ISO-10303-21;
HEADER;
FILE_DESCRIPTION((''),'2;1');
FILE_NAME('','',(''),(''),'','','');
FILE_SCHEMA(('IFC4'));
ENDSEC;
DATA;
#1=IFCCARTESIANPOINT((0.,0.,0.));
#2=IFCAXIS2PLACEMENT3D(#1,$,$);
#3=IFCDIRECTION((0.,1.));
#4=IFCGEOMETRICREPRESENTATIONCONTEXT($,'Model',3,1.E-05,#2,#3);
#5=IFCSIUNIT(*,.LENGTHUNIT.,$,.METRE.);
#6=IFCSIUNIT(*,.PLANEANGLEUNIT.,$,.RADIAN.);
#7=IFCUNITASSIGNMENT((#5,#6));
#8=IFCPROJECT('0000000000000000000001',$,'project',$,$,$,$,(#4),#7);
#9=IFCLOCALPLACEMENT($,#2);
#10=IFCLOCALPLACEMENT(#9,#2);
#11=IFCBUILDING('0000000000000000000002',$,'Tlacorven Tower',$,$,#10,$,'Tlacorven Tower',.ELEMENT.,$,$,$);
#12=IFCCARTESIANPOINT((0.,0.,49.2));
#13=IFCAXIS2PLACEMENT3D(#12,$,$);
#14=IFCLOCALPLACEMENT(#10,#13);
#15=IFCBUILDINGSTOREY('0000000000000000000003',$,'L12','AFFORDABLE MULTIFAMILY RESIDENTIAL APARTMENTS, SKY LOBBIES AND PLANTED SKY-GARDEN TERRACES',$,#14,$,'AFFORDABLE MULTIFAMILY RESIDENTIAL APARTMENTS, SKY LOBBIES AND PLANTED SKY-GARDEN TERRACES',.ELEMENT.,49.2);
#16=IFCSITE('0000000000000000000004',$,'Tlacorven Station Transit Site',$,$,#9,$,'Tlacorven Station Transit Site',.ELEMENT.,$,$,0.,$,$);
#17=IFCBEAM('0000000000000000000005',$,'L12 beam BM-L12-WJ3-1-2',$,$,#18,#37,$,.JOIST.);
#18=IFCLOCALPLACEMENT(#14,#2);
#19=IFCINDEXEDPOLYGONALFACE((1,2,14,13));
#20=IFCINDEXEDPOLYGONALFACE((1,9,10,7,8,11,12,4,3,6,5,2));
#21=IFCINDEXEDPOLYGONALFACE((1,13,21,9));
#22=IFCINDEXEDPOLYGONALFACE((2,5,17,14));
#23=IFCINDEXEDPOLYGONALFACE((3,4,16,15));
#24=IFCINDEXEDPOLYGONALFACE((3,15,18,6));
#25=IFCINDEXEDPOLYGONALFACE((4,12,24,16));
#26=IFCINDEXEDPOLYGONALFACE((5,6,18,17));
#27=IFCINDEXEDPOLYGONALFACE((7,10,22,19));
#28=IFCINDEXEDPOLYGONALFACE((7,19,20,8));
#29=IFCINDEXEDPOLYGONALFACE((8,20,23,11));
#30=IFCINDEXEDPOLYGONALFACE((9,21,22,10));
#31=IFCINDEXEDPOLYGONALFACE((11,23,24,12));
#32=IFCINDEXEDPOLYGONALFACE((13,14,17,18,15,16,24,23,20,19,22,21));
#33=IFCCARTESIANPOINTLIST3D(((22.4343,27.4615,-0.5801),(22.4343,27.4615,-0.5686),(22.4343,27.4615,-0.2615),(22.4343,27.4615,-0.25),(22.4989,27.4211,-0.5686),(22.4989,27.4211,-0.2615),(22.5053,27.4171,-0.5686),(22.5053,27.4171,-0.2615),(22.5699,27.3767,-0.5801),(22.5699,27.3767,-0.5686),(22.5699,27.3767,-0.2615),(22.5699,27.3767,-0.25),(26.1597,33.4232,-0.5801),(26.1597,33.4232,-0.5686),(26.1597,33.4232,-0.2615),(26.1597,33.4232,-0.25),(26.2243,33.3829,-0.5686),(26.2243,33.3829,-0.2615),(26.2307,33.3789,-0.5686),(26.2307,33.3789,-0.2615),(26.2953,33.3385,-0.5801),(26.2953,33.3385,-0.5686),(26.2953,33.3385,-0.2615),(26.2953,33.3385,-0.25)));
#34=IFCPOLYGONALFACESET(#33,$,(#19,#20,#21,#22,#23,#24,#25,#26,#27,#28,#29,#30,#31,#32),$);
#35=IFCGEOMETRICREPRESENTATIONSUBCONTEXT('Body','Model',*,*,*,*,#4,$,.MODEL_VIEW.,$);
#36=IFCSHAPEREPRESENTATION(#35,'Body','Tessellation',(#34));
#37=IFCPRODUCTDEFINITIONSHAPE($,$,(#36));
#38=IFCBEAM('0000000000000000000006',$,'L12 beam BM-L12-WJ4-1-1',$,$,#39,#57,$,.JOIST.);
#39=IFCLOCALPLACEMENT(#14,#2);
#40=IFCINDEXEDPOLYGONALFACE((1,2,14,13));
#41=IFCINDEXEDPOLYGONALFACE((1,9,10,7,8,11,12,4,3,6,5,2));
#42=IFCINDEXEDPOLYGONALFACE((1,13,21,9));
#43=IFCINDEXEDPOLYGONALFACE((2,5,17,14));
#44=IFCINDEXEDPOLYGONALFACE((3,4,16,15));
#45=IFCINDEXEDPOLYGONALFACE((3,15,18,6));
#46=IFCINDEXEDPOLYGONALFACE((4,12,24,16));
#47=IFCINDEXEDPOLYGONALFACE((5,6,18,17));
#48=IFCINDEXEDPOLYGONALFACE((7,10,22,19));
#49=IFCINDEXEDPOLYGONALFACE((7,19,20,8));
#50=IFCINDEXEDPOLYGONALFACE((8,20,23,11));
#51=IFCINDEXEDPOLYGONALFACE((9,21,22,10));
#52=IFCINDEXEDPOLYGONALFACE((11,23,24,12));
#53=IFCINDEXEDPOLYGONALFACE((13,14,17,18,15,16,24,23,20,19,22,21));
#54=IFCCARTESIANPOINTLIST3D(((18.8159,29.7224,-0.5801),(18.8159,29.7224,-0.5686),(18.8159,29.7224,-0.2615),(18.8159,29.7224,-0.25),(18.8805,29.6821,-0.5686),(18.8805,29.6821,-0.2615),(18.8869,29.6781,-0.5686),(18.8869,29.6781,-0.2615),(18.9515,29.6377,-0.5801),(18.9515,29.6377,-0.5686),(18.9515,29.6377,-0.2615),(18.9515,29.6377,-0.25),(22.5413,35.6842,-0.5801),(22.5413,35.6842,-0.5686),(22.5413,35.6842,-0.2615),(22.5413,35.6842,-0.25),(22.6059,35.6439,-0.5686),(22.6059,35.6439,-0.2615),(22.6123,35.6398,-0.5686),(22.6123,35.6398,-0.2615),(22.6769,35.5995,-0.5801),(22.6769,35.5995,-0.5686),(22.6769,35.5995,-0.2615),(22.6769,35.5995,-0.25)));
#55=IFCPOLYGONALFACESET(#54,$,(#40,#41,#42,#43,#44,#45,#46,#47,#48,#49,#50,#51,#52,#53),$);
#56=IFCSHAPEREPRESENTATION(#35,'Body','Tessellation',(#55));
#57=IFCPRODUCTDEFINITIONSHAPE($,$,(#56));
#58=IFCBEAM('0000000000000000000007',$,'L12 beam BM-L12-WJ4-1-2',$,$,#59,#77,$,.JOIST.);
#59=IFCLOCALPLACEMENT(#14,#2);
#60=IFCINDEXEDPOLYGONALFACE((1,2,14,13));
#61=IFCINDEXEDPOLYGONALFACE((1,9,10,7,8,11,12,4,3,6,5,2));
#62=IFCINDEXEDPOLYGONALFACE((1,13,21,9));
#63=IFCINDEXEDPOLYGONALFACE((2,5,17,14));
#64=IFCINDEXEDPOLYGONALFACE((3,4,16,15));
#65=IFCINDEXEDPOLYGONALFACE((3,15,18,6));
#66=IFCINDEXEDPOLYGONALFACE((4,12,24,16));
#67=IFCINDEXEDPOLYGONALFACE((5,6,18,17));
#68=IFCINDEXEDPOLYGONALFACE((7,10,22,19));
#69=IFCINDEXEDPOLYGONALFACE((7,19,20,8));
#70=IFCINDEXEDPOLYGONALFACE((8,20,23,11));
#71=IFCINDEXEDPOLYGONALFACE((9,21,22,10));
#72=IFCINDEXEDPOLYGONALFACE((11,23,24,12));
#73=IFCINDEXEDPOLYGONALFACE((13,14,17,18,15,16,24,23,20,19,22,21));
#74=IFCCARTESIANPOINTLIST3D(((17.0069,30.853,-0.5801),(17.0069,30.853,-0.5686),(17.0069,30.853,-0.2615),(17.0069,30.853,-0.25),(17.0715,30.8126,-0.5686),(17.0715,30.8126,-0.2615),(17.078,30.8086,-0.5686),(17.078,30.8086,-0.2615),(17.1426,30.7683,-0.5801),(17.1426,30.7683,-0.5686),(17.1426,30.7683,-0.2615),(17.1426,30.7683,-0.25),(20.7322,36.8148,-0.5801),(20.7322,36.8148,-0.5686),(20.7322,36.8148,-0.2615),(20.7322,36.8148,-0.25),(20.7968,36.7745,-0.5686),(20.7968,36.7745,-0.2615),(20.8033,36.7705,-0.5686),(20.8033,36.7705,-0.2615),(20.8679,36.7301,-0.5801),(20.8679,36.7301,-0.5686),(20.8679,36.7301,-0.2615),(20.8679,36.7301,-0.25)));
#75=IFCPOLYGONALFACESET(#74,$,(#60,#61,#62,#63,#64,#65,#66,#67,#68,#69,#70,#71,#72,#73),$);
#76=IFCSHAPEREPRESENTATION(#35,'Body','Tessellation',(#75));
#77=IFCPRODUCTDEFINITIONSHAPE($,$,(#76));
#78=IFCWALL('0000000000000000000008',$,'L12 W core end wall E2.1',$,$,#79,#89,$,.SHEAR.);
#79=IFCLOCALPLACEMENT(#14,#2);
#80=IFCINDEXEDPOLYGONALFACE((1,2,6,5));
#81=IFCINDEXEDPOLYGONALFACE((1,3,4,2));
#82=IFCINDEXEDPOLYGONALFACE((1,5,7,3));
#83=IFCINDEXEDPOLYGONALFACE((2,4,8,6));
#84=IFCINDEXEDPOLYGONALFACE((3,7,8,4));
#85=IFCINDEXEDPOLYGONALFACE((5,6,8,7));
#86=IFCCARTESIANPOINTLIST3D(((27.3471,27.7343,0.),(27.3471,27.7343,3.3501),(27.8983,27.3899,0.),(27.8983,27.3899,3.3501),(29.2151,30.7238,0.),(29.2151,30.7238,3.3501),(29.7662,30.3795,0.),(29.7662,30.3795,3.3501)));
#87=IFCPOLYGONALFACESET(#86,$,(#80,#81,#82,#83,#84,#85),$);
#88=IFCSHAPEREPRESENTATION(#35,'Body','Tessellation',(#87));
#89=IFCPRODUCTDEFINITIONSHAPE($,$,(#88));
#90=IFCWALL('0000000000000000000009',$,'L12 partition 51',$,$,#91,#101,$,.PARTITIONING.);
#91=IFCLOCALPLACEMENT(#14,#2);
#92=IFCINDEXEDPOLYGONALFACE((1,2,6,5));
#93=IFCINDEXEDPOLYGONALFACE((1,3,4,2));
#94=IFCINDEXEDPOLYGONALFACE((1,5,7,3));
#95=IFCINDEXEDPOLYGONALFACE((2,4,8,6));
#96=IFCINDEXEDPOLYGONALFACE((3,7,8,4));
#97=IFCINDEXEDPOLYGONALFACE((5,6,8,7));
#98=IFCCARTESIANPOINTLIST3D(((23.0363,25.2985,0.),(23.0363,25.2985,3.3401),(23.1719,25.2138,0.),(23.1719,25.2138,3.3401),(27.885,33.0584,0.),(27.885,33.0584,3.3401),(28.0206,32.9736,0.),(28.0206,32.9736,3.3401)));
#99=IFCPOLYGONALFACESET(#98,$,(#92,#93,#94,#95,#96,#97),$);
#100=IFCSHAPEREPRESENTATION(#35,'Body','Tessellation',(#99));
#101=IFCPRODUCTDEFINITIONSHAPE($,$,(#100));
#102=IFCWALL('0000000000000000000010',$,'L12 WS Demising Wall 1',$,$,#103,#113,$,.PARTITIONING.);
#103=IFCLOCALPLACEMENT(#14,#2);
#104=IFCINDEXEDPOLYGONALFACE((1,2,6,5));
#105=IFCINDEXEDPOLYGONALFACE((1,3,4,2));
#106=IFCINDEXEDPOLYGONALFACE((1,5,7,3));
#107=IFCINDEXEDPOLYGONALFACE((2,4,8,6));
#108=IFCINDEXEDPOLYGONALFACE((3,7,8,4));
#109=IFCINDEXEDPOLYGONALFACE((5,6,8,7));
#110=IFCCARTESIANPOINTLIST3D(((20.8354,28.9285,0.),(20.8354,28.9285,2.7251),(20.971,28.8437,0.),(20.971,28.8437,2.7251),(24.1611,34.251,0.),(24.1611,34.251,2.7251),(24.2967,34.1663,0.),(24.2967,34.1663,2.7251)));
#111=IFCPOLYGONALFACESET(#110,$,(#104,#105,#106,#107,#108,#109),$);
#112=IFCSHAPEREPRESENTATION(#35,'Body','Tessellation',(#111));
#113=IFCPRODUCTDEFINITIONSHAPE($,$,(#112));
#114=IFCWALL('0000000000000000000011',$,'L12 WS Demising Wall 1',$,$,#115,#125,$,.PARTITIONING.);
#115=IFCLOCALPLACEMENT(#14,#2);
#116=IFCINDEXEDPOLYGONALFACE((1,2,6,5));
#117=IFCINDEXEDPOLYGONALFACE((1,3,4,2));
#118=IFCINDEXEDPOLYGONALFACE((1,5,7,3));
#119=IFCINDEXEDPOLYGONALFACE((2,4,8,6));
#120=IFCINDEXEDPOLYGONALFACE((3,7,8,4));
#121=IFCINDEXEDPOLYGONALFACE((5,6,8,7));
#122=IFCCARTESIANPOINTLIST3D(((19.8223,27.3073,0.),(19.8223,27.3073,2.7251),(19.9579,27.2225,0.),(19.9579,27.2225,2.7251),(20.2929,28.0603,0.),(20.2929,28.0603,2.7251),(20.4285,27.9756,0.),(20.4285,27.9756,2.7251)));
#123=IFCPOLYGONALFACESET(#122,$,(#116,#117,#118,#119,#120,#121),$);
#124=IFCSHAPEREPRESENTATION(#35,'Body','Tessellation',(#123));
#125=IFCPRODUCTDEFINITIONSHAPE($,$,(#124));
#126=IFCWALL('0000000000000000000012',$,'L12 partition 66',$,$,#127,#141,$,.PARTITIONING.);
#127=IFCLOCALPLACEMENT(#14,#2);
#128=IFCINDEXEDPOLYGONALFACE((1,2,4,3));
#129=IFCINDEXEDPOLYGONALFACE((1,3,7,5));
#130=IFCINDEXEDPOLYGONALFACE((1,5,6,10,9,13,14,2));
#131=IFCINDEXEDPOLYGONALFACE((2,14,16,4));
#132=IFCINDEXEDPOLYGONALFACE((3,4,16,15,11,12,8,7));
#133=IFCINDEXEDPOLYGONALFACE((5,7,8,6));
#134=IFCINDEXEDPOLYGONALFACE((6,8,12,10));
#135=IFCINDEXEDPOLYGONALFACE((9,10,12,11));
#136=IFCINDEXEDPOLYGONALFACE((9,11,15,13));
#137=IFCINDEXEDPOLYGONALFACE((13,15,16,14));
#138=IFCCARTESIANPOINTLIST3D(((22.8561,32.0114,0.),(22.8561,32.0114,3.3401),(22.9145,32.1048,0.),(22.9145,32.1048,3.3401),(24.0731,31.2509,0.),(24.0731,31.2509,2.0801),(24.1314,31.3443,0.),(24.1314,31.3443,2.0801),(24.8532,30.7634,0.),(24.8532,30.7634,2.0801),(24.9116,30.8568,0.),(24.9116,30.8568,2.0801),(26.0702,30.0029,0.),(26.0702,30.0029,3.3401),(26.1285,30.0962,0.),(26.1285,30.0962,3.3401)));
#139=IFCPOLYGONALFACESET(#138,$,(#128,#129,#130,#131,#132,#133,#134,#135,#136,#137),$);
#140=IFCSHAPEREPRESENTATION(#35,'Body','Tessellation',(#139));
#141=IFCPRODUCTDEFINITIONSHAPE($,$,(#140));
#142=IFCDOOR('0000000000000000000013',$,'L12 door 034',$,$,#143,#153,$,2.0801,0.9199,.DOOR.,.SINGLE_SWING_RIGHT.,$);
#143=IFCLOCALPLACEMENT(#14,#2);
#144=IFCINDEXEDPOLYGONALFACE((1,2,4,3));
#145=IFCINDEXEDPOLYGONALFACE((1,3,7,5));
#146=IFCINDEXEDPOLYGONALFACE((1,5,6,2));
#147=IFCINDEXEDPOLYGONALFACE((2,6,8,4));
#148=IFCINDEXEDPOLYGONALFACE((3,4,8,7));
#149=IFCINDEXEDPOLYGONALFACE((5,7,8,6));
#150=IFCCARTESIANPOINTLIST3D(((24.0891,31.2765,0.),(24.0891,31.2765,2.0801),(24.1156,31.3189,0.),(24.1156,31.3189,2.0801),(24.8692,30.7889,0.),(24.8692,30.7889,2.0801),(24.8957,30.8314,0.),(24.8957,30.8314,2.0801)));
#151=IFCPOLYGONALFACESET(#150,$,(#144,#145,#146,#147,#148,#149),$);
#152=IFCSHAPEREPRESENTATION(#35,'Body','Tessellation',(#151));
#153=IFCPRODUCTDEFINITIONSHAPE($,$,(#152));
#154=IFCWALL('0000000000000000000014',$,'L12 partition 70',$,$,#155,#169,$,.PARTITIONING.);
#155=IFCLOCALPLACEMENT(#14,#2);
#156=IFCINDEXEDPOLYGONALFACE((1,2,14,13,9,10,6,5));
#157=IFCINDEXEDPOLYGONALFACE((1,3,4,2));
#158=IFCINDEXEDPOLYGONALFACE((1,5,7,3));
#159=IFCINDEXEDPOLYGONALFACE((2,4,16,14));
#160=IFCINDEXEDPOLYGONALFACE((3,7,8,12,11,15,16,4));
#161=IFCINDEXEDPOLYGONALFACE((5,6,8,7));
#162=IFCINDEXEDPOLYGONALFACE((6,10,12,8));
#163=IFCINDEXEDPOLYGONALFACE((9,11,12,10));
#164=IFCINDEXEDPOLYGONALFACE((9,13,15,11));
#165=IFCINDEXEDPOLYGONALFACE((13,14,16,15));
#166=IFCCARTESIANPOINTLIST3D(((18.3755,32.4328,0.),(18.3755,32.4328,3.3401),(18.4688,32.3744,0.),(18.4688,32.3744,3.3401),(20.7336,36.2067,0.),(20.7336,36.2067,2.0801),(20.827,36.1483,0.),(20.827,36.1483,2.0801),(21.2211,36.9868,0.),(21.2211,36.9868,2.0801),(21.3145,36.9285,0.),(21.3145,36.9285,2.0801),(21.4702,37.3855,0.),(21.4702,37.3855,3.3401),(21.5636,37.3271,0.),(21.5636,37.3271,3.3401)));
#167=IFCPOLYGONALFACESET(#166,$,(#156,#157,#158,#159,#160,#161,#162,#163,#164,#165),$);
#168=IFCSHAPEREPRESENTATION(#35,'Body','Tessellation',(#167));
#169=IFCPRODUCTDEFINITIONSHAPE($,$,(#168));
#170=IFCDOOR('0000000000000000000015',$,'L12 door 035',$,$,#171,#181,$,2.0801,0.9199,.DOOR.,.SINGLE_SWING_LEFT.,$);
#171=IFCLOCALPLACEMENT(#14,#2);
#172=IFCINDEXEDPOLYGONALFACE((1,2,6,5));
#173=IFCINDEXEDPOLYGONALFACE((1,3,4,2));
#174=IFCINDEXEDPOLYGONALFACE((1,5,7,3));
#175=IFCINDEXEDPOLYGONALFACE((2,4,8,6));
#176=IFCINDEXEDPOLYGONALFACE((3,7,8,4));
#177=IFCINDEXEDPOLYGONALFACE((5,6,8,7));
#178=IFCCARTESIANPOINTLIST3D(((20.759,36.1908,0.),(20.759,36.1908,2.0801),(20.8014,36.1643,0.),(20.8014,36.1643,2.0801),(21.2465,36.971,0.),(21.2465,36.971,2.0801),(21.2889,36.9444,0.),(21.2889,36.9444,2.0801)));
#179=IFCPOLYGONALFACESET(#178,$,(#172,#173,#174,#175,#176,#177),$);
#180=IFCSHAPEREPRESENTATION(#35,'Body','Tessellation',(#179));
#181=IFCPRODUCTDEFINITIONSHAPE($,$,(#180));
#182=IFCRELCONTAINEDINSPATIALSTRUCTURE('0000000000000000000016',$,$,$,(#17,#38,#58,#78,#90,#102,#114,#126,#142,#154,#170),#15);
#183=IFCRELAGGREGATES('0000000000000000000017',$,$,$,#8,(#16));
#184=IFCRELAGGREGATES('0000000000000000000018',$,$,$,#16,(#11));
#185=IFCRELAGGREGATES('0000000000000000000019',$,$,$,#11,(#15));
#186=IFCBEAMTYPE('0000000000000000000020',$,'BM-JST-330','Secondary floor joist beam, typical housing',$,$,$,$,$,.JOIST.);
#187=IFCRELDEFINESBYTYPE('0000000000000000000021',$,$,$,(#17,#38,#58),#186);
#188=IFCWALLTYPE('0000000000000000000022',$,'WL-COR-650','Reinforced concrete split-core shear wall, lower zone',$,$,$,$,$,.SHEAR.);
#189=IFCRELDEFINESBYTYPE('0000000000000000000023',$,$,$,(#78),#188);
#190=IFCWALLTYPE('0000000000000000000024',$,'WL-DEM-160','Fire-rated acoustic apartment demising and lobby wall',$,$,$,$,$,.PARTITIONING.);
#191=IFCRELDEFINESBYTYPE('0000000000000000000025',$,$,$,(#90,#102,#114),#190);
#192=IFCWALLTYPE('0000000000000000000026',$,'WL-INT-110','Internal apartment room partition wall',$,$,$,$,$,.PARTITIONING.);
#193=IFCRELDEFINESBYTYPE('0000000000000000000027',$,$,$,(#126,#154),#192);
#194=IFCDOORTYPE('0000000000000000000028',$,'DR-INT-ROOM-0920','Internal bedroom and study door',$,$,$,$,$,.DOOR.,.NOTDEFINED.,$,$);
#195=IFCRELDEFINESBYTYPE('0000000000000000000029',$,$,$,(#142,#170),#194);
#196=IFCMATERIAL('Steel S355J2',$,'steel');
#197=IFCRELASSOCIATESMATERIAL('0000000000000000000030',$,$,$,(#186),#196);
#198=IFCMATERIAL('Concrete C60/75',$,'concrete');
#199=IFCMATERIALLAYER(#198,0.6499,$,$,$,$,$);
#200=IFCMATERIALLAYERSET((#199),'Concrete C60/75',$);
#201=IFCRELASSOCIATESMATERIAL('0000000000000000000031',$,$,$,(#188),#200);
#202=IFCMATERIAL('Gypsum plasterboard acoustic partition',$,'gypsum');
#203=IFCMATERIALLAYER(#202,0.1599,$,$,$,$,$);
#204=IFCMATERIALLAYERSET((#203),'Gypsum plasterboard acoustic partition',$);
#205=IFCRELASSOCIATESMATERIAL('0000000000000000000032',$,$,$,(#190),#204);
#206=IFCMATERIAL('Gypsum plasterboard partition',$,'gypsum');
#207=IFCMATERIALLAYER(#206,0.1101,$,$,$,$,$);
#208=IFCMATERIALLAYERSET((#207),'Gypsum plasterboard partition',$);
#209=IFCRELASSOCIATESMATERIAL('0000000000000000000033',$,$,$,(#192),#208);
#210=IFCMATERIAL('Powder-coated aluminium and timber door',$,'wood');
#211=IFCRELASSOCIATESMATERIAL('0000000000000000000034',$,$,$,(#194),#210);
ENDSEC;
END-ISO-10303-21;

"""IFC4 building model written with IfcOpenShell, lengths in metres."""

from ifc_helpers import new_model, si_unit, direction, frame, frame_2d, origin, origin_2d, place, context, subcontext, project, spatial, rectangle, i_section, extrude, source, transform, mapped, material, layer, layer_set, material_profile, profile_set, type_object, element, fill, save


model = new_model("IFC4")

# Units and contexts
model_context = context("Model", 3, precision=1e-05, world=origin(), true_north=direction((0.0, 1.0)))
body_context = subcontext(model_context, "Body", "Model", "MODEL_VIEW")
ifc_project = project(units=[si_unit("LENGTHUNIT", "METRE"), si_unit("PLANEANGLEUNIT", "RADIAN")], contexts=[model_context])

# Site, building, storey
site_placement = place(None, origin())
site = spatial("IfcSite", under=ifc_project, at=site_placement, Name="Tlacorven Station Transit Site", LongName="Tlacorven Station Transit Site", CompositionType="ELEMENT", RefElevation=0.0)
building_placement = place(site_placement, origin())
building = spatial("IfcBuilding", under=site, at=building_placement, Name="Tlacorven Tower", LongName="Tlacorven Tower", CompositionType="ELEMENT")
storey_placement = place(building_placement, frame((0.0, 0.0, 49.2)))
storey = spatial("IfcBuildingStorey", under=building, at=storey_placement, Name="L12", Description="AFFORDABLE MULTIFAMILY RESIDENTIAL APARTMENTS, SKY LOBBIES AND PLANTED SKY-GARDEN TERRACES", LongName="AFFORDABLE MULTIFAMILY RESIDENTIAL APARTMENTS, SKY LOBBIES AND PLANTED SKY-GARDEN TERRACES", CompositionType="ELEMENT", Elevation=49.2)

# Beams
ifc_material_1 = material(Name="Steel S355J2", Category="steel")
ifc_material_profile_1 = material_profile(ifc_material_1, i_section(OverallWidth=0.1599, OverallDepth=0.3301, WebThickness=0.0076, FlangeThickness=0.0115, at=origin_2d()), Name="IPE 330")
ifc_profile_set_1 = profile_set([ifc_material_profile_1], Name="Steel S355J2")
beam_type_1 = type_object("IfcBeamType", Name="BM-JST-330", Description="Secondary floor joist beam, typical housing", PredefinedType="JOIST", material=ifc_profile_set_1)
shared_shape_1 = source(origin(), body_context, "Body", "SweptSolid", [
    extrude(i_section(OverallWidth=0.1599, OverallDepth=0.3301, WebThickness=0.0076, FlangeThickness=0.0115, at=origin_2d()), origin(), (0.0, 0.0, 1.0), 7.03),
])
for number, where, z_axis, x_axis, name in (
    (1, (26.2275, 33.3809, -0.415), (-0.529927, -0.848043, 0.0), (0.848043, -0.529927, 0.0), "L12 beam BM-L12-WJ3-1-2"),
    (2, (22.6091, 35.6418, -0.415), (-0.529927, -0.848043, 0.0), (0.848043, -0.529927, 0.0), "L12 beam BM-L12-WJ4-1-1"),
    (3, (20.8, 36.7725, -0.415), (-0.529912, -0.848053, 0.0), (0.848053, -0.529912, 0.0), "L12 beam BM-L12-WJ4-1-2"),
):
    element("IfcBeam", number, at=place(storey_placement, frame(where, z_axis=z_axis, x_axis=x_axis)), inside=storey, type_object=beam_type_1, Name=name, PredefinedType="JOIST", context=body_context, shape_type="MappedRepresentation", body=[
        mapped(shared_shape_1, transform((0.0, 0.0, 0.0), scale=1.0)),
    ])

# Walls
ifc_material_2 = material(Name="Concrete C60/75", Category="concrete")
ifc_layer_1 = layer(ifc_material_2, 0.6499)
ifc_layer_set_1 = layer_set([ifc_layer_1], Name="Concrete C60/75")
wall_type_1 = type_object("IfcWallType", Name="WL-COR-650", Description="Reinforced concrete split-core shear wall, lower zone", PredefinedType="SHEAR", material=ifc_layer_set_1)
wall_1_placement = place(storey_placement, frame((29.4907, 30.5518, 0.0), z_axis=(0.0, 0.0, 1.0), x_axis=(-0.529893, -0.848064, 0.0)))
element("IfcWall", 4, at=wall_1_placement, inside=storey, type_object=wall_type_1, Name="L12 W core end wall E2.1", PredefinedType="SHEAR", context=body_context, shape_type="SweptSolid", body=[
    extrude(rectangle(XDim=3.5251, YDim=0.6499, at=frame_2d((1.7627, 0.0))), origin(), (0.0, 0.0, 1.0), 3.3501),
])
ifc_material_3 = material(Name="Gypsum plasterboard acoustic partition", Category="gypsum")
ifc_layer_2 = layer(ifc_material_3, 0.1599)
ifc_layer_set_2 = layer_set([ifc_layer_2], Name="Gypsum plasterboard acoustic partition")
wall_type_2 = type_object("IfcWallType", Name="WL-DEM-160", Description="Fire-rated acoustic apartment demising and lobby wall", PredefinedType="PARTITIONING", material=ifc_layer_set_2)
wall_2_placement = place(storey_placement, frame((27.9529, 33.0161, 0.0), z_axis=(0.0, 0.0, 1.0), x_axis=(-0.529903, -0.848058, 0.0)))
element("IfcWall", 5, at=wall_2_placement, inside=storey, type_object=wall_type_2, Name="L12 partition 51", PredefinedType="PARTITIONING", context=body_context, shape_type="SweptSolid", body=[
    extrude(rectangle(XDim=9.1501, YDim=0.1599, at=frame_2d((4.5752, 0.0))), origin(), (0.0, 0.0, 1.0), 3.3401),
])
wall_3_placement = place(storey_placement, frame((24.229, 34.2087, 0.0), z_axis=(0.0, 0.0, 1.0), x_axis=(-0.529898, -0.848062, 0.0)))
element("IfcWall", 6, at=wall_3_placement, inside=storey, type_object=wall_type_2, Name="L12 WS Demising Wall 1", PredefinedType="PARTITIONING", context=body_context, shape_type="SweptSolid", body=[
    extrude(rectangle(XDim=6.2761, YDim=0.1599, at=frame_2d((3.1382, 0.0))), origin(), (0.0, 0.0, 1.0), 2.7251),
])
wall_4_placement = place(storey_placement, frame((20.3606, 28.0178, 0.0), z_axis=(0.0, 0.0, 1.0), x_axis=(-0.5299, -0.84806, 0.0)))
element("IfcWall", 7, at=wall_4_placement, inside=storey, type_object=wall_type_2, Name="L12 WS Demising Wall 1", PredefinedType="PARTITIONING", context=body_context, shape_type="SweptSolid", body=[
    extrude(rectangle(XDim=0.8879, YDim=0.1599, at=frame_2d((0.4438, 0.0))), origin(), (0.0, 0.0, 1.0), 2.7251),
])

# Walls, openings, doors
ifc_material_4 = material(Name="Gypsum plasterboard partition", Category="gypsum")
ifc_layer_3 = layer(ifc_material_4, 0.1101)
ifc_layer_set_3 = layer_set([ifc_layer_3], Name="Gypsum plasterboard partition")
wall_type_3 = type_object("IfcWallType", Name="WL-INT-110", Description="Internal apartment room partition wall", PredefinedType="PARTITIONING", material=ifc_layer_set_3)
wall_5_placement = place(storey_placement, frame((26.0994, 30.0496, 0.0), z_axis=(0.0, 0.0, 1.0), x_axis=(-0.848031, 0.529947, 0.0)))
wall_5 = element("IfcWall", 8, at=wall_5_placement, inside=storey, type_object=wall_type_3, Name="L12 partition 66", PredefinedType="PARTITIONING", context=body_context, shape_type="SweptSolid", body=[
    extrude(rectangle(XDim=3.79, YDim=0.1101, at=frame_2d((1.895, 0.0))), origin(), (0.0, 0.0, 1.0), 3.3401),
])
opening_1_placement = place(wall_5_placement, frame((1.4351, 0.0, 0.0)))
opening_1 = element("IfcOpeningElement", 9, at=opening_1_placement, cuts=wall_5, PredefinedType="OPENING", context=body_context, shape_type="SweptSolid", body=[
    extrude(rectangle(XDim=0.9199, YDim=2.0801, at=frame_2d((0.46, 1.04))), frame((0.0, 0.0649, 0.0), z_axis=(0.0, -1.0, 0.0), x_axis=(1.0, 0.0, 0.0)), (0.0, 0.0, 1.0), 0.1301),
])
ifc_material_5 = material(Name="Powder-coated aluminium and timber door", Category="wood")
door_type_1 = type_object("IfcDoorType", Name="DR-INT-ROOM-0920", Description="Internal bedroom and study door", OperationType="NOTDEFINED", PredefinedType="DOOR", material=ifc_material_5)
shared_shape_2 = source(origin(), body_context, "Body", "SweptSolid", [
    extrude(rectangle(XDim=0.9199, YDim=2.0801, at=frame_2d((0.46, 1.04))), frame((0.0, 0.0249, 0.0), z_axis=(0.0, -1.0, 0.0), x_axis=(1.0, 0.0, 0.0)), (0.0, 0.0, 1.0), 0.05),
])
door_1_placement = place(opening_1_placement, origin())
door_1 = element("IfcDoor", 10, at=door_1_placement, inside=storey, type_object=door_type_1, Name="L12 door 034", OperationType="SINGLE_SWING_RIGHT", OverallHeight=2.0801, OverallWidth=0.9199, PredefinedType="DOOR", context=body_context, shape_type="MappedRepresentation", body=[
    mapped(shared_shape_2, transform((0.0, 0.0, 0.0), scale=1.0)),
])
fill(opening_1, door_1)
wall_6_placement = place(storey_placement, frame((21.5168, 37.3562, 0.0), z_axis=(0.0, 0.0, 1.0), x_axis=(-0.529916, -0.84805, 0.0)))
wall_6 = element("IfcWall", 11, at=wall_6_placement, inside=storey, type_object=wall_type_3, Name="L12 partition 70", PredefinedType="PARTITIONING", context=body_context, shape_type="SweptSolid", body=[
    extrude(rectangle(XDim=5.8401, YDim=0.1101, at=frame_2d((2.9199, 0.0))), origin(), (0.0, 0.0, 1.0), 3.3401),
])
opening_2_placement = place(wall_6_placement, frame((0.47, 0.0, 0.0)))
opening_2 = element("IfcOpeningElement", 12, at=opening_2_placement, cuts=wall_6, PredefinedType="OPENING", context=body_context, shape_type="SweptSolid", body=[
    extrude(rectangle(XDim=0.9199, YDim=2.0801, at=frame_2d((0.46, 1.04))), frame((0.0, 0.0649, 0.0), z_axis=(0.0, -1.0, 0.0), x_axis=(1.0, 0.0, 0.0)), (0.0, 0.0, 1.0), 0.1301),
])
door_2_placement = place(opening_2_placement, origin())
door_2 = element("IfcDoor", 13, at=door_2_placement, inside=storey, type_object=door_type_1, Name="L12 door 035", OperationType="SINGLE_SWING_LEFT", OverallHeight=2.0801, OverallWidth=0.9199, PredefinedType="DOOR", context=body_context, shape_type="MappedRepresentation", body=[
    mapped(shared_shape_2, transform((0.0, 0.0, 0.0), scale=1.0)),
])
fill(opening_2, door_2)

save(model, "model.ifc")
